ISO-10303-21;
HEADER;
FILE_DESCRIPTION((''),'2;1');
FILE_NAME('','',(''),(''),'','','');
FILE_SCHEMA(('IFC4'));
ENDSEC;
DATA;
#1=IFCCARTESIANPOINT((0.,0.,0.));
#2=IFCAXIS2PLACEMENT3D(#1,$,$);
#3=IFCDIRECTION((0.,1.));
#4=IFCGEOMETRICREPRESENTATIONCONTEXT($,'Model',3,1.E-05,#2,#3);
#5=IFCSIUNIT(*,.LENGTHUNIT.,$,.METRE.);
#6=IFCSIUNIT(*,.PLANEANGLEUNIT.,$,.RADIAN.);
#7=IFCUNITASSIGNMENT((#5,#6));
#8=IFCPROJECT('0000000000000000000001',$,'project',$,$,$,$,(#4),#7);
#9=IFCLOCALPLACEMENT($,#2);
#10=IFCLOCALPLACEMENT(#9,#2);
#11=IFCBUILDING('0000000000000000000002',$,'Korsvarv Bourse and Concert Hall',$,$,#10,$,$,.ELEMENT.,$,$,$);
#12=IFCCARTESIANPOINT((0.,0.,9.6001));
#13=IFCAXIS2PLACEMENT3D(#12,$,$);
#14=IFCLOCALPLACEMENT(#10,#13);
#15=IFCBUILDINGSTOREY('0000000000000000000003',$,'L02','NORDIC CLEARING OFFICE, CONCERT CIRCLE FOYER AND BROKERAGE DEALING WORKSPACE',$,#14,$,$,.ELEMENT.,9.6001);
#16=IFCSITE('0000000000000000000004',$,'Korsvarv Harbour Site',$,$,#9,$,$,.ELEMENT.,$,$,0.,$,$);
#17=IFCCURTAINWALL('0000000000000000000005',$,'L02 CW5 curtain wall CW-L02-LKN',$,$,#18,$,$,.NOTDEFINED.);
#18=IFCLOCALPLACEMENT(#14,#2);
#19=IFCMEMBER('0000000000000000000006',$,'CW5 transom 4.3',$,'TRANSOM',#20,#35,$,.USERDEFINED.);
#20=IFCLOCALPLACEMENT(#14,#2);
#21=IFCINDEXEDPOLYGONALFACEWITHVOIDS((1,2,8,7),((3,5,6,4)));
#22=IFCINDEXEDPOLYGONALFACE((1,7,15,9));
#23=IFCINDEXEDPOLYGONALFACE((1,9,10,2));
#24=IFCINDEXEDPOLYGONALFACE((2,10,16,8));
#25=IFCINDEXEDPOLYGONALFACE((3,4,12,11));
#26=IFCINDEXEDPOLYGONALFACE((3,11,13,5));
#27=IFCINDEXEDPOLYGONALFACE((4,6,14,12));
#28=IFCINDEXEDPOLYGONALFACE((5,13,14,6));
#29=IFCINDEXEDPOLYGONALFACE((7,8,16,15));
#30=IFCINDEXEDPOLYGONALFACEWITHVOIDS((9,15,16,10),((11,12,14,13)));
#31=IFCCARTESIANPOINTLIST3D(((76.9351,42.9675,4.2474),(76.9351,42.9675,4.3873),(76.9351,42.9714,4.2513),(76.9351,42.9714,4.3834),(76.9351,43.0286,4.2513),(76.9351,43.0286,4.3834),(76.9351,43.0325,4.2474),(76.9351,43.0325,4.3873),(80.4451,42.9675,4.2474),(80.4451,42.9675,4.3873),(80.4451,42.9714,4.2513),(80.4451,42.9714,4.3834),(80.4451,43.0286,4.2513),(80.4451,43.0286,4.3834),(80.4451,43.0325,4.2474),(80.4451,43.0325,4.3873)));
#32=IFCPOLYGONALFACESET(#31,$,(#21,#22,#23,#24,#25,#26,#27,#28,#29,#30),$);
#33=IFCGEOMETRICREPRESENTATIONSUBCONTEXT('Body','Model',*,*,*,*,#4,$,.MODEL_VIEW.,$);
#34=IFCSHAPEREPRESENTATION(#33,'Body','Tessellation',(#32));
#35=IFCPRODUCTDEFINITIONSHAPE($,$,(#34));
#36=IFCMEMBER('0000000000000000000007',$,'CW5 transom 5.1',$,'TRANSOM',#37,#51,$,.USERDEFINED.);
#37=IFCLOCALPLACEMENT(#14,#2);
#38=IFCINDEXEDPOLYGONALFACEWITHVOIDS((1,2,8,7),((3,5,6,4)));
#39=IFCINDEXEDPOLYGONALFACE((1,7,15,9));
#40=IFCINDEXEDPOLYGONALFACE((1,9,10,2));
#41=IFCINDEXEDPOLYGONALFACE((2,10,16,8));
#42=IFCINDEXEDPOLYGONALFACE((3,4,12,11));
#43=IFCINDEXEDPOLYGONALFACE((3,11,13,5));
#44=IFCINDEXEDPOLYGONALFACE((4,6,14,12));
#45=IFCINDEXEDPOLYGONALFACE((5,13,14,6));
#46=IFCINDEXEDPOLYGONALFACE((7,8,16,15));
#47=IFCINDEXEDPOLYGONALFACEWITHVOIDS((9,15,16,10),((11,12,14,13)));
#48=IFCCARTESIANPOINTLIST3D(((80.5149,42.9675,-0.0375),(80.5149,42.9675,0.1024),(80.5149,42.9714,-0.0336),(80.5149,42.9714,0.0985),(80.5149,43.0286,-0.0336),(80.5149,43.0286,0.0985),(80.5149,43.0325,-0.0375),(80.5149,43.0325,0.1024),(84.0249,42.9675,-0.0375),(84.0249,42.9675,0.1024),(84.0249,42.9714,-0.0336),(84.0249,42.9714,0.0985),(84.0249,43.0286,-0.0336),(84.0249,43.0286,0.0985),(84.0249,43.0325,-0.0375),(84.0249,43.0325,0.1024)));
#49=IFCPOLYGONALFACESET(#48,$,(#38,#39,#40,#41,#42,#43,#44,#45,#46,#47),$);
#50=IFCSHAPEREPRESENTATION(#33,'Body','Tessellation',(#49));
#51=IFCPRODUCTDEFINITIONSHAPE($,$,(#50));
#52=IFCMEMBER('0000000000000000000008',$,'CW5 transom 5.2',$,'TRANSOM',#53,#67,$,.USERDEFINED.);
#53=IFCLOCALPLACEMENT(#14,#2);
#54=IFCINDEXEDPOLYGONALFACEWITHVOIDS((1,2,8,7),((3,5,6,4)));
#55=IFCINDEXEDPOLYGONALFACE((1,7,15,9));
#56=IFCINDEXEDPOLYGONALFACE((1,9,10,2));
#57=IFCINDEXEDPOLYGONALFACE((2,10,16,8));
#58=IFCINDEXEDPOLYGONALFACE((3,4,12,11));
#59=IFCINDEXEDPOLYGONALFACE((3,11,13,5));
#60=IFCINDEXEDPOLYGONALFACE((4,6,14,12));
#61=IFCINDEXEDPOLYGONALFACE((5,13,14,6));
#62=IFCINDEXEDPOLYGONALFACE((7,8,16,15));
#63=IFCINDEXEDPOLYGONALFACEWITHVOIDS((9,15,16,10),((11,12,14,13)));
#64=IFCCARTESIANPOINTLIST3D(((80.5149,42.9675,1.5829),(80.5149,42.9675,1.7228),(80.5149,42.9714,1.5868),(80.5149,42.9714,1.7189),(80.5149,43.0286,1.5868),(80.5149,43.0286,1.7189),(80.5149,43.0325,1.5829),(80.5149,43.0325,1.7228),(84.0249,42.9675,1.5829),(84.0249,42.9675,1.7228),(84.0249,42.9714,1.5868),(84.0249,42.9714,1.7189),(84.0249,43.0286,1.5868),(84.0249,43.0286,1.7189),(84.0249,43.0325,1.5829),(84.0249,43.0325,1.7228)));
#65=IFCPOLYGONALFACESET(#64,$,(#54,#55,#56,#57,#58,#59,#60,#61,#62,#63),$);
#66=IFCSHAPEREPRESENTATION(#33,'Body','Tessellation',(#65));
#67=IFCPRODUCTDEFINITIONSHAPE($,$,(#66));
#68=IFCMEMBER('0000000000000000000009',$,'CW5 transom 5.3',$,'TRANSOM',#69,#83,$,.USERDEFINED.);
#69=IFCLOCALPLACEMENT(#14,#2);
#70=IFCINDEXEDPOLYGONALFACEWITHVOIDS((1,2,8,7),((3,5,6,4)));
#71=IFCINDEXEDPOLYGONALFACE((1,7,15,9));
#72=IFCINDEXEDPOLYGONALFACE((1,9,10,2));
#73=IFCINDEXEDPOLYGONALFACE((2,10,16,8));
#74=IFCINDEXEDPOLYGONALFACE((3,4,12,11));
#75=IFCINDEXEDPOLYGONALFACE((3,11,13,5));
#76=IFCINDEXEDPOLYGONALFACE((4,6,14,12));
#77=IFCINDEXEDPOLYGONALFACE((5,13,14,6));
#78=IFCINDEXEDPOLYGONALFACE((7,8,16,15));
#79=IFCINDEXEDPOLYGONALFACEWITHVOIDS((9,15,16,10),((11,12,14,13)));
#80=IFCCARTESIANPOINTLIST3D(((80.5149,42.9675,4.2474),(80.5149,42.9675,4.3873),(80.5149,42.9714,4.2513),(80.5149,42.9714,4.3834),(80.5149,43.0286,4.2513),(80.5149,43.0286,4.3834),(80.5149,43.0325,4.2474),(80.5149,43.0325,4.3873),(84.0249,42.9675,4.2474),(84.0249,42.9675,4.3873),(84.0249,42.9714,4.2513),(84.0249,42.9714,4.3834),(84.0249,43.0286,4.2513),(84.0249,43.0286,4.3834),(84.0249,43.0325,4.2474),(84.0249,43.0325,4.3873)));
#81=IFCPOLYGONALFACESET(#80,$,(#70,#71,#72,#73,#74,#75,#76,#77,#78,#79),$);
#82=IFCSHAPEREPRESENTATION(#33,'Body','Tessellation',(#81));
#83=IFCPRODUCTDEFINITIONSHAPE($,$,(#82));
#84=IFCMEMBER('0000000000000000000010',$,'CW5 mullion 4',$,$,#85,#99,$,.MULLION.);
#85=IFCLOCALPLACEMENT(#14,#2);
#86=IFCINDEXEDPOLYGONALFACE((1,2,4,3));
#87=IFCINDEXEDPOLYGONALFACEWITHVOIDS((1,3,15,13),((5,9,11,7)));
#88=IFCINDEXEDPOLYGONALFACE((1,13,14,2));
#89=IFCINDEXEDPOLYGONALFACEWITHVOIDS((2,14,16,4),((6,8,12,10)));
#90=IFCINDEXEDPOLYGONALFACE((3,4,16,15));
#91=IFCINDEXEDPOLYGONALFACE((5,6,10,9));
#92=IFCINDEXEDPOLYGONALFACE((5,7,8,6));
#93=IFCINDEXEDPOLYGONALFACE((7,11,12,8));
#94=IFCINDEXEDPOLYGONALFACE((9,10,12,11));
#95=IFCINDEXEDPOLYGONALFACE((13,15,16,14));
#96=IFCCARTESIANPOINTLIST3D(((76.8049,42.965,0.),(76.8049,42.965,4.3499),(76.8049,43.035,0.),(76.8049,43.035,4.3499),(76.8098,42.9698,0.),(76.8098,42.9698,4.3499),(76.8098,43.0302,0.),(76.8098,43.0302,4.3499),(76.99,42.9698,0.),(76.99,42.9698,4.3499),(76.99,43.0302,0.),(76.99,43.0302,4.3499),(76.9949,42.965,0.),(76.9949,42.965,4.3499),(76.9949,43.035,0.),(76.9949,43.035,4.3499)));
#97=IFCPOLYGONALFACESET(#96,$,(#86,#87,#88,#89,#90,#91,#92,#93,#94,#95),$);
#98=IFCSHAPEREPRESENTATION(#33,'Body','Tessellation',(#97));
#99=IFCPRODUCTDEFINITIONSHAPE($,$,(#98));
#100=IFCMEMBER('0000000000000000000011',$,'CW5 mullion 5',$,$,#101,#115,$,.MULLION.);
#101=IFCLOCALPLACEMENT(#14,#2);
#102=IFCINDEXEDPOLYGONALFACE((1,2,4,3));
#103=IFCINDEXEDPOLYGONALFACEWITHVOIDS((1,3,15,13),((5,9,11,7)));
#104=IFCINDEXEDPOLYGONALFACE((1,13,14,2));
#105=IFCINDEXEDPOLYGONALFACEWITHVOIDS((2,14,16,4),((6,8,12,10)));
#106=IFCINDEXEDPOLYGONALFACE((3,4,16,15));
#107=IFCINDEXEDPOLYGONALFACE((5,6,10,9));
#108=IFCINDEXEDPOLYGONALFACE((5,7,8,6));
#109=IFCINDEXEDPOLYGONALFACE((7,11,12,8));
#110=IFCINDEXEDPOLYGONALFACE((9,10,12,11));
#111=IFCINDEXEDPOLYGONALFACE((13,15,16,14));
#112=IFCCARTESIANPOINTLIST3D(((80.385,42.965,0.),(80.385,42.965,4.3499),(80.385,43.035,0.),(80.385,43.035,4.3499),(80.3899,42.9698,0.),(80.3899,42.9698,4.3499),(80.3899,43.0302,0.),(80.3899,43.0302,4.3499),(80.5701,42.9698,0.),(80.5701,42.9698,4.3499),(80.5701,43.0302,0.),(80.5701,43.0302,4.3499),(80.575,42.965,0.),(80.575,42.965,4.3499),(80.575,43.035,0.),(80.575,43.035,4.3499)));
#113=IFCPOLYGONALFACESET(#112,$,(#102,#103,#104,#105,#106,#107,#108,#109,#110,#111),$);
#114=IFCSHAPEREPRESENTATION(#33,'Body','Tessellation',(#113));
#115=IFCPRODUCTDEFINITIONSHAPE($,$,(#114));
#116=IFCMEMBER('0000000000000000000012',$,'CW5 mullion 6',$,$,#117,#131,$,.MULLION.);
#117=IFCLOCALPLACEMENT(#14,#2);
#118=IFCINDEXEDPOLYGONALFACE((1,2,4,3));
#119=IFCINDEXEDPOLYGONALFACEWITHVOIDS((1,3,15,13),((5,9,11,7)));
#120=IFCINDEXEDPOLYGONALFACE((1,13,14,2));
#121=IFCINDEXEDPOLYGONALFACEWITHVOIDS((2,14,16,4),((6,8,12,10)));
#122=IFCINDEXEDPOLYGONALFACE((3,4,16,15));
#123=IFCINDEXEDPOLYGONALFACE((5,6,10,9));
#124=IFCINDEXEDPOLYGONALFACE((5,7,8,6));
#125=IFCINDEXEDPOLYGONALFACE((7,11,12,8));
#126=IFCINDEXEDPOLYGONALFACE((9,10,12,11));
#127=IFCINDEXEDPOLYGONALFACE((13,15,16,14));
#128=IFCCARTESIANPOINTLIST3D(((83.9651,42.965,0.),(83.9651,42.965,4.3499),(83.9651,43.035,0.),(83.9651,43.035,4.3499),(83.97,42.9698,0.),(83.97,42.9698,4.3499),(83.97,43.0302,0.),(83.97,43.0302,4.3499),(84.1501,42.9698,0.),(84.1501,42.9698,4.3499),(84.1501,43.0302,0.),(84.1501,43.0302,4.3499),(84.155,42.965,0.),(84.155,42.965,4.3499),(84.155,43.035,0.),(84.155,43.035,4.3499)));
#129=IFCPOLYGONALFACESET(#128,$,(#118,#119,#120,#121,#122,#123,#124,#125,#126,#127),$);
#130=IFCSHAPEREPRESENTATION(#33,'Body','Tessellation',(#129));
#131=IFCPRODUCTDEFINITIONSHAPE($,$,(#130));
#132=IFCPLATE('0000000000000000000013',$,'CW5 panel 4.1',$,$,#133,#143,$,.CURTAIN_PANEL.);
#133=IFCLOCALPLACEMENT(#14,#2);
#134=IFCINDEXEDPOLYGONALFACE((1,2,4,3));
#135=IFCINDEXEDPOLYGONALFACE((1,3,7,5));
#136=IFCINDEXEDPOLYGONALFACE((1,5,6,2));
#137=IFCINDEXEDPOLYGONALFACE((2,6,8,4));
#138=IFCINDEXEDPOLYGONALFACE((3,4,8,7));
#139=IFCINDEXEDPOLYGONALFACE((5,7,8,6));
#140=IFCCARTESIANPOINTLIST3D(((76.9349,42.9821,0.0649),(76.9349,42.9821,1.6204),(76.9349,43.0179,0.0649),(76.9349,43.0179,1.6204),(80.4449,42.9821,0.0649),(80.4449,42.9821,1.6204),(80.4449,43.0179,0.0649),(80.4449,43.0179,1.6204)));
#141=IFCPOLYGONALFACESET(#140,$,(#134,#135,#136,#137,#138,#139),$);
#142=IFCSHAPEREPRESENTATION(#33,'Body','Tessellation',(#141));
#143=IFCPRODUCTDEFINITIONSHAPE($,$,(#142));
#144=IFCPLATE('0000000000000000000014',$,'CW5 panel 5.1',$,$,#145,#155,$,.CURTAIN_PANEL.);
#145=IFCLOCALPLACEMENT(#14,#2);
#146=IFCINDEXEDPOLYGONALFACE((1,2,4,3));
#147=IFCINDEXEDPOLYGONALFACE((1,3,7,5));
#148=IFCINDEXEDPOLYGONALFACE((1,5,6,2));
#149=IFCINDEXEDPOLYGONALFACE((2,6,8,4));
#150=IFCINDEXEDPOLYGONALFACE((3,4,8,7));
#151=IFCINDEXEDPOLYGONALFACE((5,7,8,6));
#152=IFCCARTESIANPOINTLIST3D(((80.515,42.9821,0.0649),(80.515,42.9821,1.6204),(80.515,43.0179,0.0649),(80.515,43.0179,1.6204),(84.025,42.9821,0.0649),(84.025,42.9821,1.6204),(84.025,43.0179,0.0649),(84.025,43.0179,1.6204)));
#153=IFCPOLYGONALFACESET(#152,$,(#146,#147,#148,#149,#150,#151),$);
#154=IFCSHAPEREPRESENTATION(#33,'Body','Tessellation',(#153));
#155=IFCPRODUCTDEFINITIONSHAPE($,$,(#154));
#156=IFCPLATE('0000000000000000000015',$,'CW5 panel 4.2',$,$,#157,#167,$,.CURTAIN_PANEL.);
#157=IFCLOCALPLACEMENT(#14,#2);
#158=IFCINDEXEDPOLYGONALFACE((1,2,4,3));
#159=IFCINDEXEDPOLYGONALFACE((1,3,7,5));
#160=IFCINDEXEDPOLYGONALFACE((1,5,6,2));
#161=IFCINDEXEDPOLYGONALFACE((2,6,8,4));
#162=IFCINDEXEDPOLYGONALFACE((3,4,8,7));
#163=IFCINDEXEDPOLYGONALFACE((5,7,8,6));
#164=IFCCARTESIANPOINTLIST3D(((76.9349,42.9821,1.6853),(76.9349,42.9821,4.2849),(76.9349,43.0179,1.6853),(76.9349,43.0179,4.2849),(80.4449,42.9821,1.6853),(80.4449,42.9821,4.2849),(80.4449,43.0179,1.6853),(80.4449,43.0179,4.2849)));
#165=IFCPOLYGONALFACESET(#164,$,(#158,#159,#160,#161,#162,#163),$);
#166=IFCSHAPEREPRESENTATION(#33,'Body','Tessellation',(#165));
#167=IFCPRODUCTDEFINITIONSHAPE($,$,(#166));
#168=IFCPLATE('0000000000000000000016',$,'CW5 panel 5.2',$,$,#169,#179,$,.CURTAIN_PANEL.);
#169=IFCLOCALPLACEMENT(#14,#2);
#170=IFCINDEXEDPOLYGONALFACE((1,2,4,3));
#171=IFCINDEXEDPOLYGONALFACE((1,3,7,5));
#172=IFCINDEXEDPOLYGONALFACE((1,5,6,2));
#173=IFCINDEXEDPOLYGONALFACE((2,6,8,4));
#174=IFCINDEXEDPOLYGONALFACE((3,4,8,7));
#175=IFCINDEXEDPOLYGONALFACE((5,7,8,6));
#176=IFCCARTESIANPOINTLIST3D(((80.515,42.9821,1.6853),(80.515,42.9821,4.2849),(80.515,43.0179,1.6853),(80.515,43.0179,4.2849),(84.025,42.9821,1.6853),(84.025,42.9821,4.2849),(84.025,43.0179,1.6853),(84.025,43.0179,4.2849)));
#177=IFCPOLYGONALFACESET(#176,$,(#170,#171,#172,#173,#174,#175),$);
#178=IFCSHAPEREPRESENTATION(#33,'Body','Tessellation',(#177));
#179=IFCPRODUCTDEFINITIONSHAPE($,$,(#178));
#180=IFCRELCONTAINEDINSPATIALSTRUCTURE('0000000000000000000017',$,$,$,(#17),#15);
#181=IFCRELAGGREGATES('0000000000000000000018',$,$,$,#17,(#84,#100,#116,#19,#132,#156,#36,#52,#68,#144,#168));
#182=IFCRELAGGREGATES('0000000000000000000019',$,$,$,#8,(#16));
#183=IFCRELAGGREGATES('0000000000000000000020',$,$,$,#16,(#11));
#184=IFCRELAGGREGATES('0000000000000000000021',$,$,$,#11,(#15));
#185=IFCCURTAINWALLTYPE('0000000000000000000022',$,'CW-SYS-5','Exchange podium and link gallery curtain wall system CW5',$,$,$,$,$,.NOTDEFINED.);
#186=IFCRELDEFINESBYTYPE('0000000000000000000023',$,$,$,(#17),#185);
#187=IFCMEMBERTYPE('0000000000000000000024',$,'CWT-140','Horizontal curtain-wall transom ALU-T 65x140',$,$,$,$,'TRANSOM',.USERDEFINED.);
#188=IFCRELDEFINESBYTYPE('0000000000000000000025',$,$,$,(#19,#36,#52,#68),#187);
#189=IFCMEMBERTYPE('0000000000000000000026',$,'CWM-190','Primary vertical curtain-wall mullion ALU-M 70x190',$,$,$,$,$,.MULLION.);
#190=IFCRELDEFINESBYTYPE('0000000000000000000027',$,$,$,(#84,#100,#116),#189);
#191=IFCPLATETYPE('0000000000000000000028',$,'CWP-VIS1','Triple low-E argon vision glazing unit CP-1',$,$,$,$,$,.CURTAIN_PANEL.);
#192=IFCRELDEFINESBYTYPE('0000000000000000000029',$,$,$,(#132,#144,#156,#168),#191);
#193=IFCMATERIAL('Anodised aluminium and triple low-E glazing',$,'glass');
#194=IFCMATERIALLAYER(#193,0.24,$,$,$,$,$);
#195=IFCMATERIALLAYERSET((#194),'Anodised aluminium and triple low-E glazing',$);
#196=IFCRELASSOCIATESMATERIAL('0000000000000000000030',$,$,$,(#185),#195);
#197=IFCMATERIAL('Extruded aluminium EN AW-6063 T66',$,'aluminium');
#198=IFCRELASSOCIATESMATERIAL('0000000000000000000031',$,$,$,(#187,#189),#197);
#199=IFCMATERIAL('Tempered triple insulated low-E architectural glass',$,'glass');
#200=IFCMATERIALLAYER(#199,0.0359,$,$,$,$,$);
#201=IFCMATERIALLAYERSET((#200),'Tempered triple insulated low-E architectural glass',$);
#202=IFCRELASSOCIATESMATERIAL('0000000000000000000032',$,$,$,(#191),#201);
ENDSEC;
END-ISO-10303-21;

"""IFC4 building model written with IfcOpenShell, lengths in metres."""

from ifc_helpers import new_model, si_unit, direction, frame, origin, origin_2d, place, context, subcontext, project, spatial, rectangle, hollow_rectangle, extrude, source, transform, mapped, material, layer, layer_set, material_profile, profile_set, type_object, element, aggregate, save


model = new_model("IFC4")

# Units and contexts
model_context = context("Model", 3, precision=1e-05, world=origin(), true_north=direction((0.0, 1.0)))
body_context = subcontext(model_context, "Body", "Model", "MODEL_VIEW")
ifc_project = project(units=[si_unit("LENGTHUNIT", "METRE"), si_unit("PLANEANGLEUNIT", "RADIAN")], contexts=[model_context])

# Site, building, storey
site_placement = place(None, origin())
site = spatial("IfcSite", under=ifc_project, at=site_placement, Name="Korsvarv Harbour Site", CompositionType="ELEMENT", RefElevation=0.0)
building_placement = place(site_placement, origin())
building = spatial("IfcBuilding", under=site, at=building_placement, Name="Korsvarv Bourse and Concert Hall", CompositionType="ELEMENT")
storey_placement = place(building_placement, frame((0.0, 0.0, 9.6001)))
storey = spatial("IfcBuildingStorey", under=building, at=storey_placement, Name="L02", Description="NORDIC CLEARING OFFICE, CONCERT CIRCLE FOYER AND BROKERAGE DEALING WORKSPACE", CompositionType="ELEMENT", Elevation=9.6001)

# Curtain wall, members, plates
ifc_material_1 = material(Name="Anodised aluminium and triple low-E glazing", Category="glass")
ifc_layer_1 = layer(ifc_material_1, 0.24)
ifc_layer_set_1 = layer_set([ifc_layer_1], Name="Anodised aluminium and triple low-E glazing")
curtain_wall_type = type_object("IfcCurtainWallType", Name="CW-SYS-5", Description="Exchange podium and link gallery curtain wall system CW5", PredefinedType="NOTDEFINED", material=ifc_layer_set_1)
curtain_wall_placement = place(storey_placement, origin())
curtain_wall = element("IfcCurtainWall", 1, at=curtain_wall_placement, inside=storey, type_object=curtain_wall_type, Name="L02 CW5 curtain wall CW-L02-LKN", PredefinedType="NOTDEFINED")
ifc_material_2 = material(Name="Extruded aluminium EN AW-6063 T66", Category="aluminium")
ifc_material_profile_1 = material_profile(ifc_material_2, hollow_rectangle(XDim=0.0649, YDim=0.1399, WallThickness=0.0039, at=origin_2d()), Name="ALU-T 65x140")
ifc_profile_set_1 = profile_set([ifc_material_profile_1], Name="Extruded aluminium EN AW-6063 T66")
member_type_1 = type_object("IfcMemberType", Name="CWT-140", Description="Horizontal curtain-wall transom ALU-T 65x140", ElementType="TRANSOM", PredefinedType="USERDEFINED", material=ifc_profile_set_1)
shared_shape_1 = source(origin(), body_context, "Body", "SweptSolid", [
    extrude(hollow_rectangle(XDim=0.0649, YDim=0.1399, WallThickness=0.0039, at=origin_2d()), origin(), (0.0, 0.0, 1.0), 3.51),
])
member_1_placement = place(storey_placement, frame((76.9351, 43.0, 4.3174), z_axis=(1.0, 0.0, 0.0), x_axis=(0.0, 1.0, 0.0)))
member_1 = element("IfcMember", 2, at=member_1_placement, type_object=member_type_1, Name="CW5 transom 4.3", ObjectType="TRANSOM", PredefinedType="USERDEFINED", context=body_context, shape_type="MappedRepresentation", body=[
    mapped(shared_shape_1, transform((0.0, 0.0, 0.0), scale=1.0)),
])
member_2_placement = place(storey_placement, frame((80.5149, 43.0, 0.0325), z_axis=(1.0, 0.0, 0.0), x_axis=(0.0, 1.0, 0.0)))
member_2 = element("IfcMember", 3, at=member_2_placement, type_object=member_type_1, Name="CW5 transom 5.1", ObjectType="TRANSOM", PredefinedType="USERDEFINED", context=body_context, shape_type="MappedRepresentation", body=[
    mapped(shared_shape_1, transform((0.0, 0.0, 0.0), scale=1.0)),
])
member_3_placement = place(storey_placement, frame((80.5149, 43.0, 1.6528), z_axis=(1.0, 0.0, 0.0), x_axis=(0.0, 1.0, 0.0)))
member_3 = element("IfcMember", 4, at=member_3_placement, type_object=member_type_1, Name="CW5 transom 5.2", ObjectType="TRANSOM", PredefinedType="USERDEFINED", context=body_context, shape_type="MappedRepresentation", body=[
    mapped(shared_shape_1, transform((0.0, 0.0, 0.0), scale=1.0)),
])
member_4_placement = place(storey_placement, frame((80.5149, 43.0, 4.3174), z_axis=(1.0, 0.0, 0.0), x_axis=(0.0, 1.0, 0.0)))
member_4 = element("IfcMember", 5, at=member_4_placement, type_object=member_type_1, Name="CW5 transom 5.3", ObjectType="TRANSOM", PredefinedType="USERDEFINED", context=body_context, shape_type="MappedRepresentation", body=[
    mapped(shared_shape_1, transform((0.0, 0.0, 0.0), scale=1.0)),
])
ifc_material_profile_2 = material_profile(ifc_material_2, hollow_rectangle(XDim=0.0701, YDim=0.1899, WallThickness=0.0049, at=origin_2d()), Name="ALU-M 70x190")
ifc_profile_set_2 = profile_set([ifc_material_profile_2], Name="Extruded aluminium EN AW-6063 T66")
member_type_2 = type_object("IfcMemberType", Name="CWM-190", Description="Primary vertical curtain-wall mullion ALU-M 70x190", PredefinedType="MULLION", material=ifc_profile_set_2)
shared_shape_2 = source(origin(), body_context, "Body", "SweptSolid", [
    extrude(hollow_rectangle(XDim=0.0701, YDim=0.1899, WallThickness=0.0049, at=origin_2d()), origin(), (0.0, 0.0, 1.0), 4.3499),
])
member_5_placement = place(storey_placement, frame((76.8999, 43.0, 0.0), z_axis=(0.0, 0.0, 1.0), x_axis=(0.0, 1.0, 0.0)))
member_5 = element("IfcMember", 6, at=member_5_placement, type_object=member_type_2, Name="CW5 mullion 4", PredefinedType="MULLION", context=body_context, shape_type="MappedRepresentation", body=[
    mapped(shared_shape_2, transform((0.0, 0.0, 0.0), scale=1.0)),
])
member_6_placement = place(storey_placement, frame((80.48, 43.0, 0.0), z_axis=(0.0, 0.0, 1.0), x_axis=(0.0, 1.0, 0.0)))
member_6 = element("IfcMember", 7, at=member_6_placement, type_object=member_type_2, Name="CW5 mullion 5", PredefinedType="MULLION", context=body_context, shape_type="MappedRepresentation", body=[
    mapped(shared_shape_2, transform((0.0, 0.0, 0.0), scale=1.0)),
])
member_7_placement = place(storey_placement, frame((84.0601, 43.0, 0.0), z_axis=(0.0, 0.0, 1.0), x_axis=(0.0, 1.0, 0.0)))
member_7 = element("IfcMember", 8, at=member_7_placement, type_object=member_type_2, Name="CW5 mullion 6", PredefinedType="MULLION", context=body_context, shape_type="MappedRepresentation", body=[
    mapped(shared_shape_2, transform((0.0, 0.0, 0.0), scale=1.0)),
])
ifc_material_3 = material(Name="Tempered triple insulated low-E architectural glass", Category="glass")
ifc_layer_2 = layer(ifc_material_3, 0.0359)
ifc_layer_set_2 = layer_set([ifc_layer_2], Name="Tempered triple insulated low-E architectural glass")
plate_type = type_object("IfcPlateType", Name="CWP-VIS1", Description="Triple low-E argon vision glazing unit CP-1", PredefinedType="CURTAIN_PANEL", material=ifc_layer_set_2)
shared_shape_3 = source(origin(), body_context, "Body", "SweptSolid", [
    extrude(rectangle(XDim=3.51, YDim=0.0359, at=origin_2d()), origin(), (0.0, 0.0, 1.0), 1.5554),
])
plate_1_placement = place(storey_placement, frame((78.6899, 43.0, 0.0649), z_axis=(0.0, 0.0, 1.0), x_axis=(1.0, 0.0, 0.0)))
plate_1 = element("IfcPlate", 9, at=plate_1_placement, type_object=plate_type, Name="CW5 panel 4.1", PredefinedType="CURTAIN_PANEL", context=body_context, shape_type="MappedRepresentation", body=[
    mapped(shared_shape_3, transform((0.0, 0.0, 0.0), scale=1.0)),
])
plate_2_placement = place(storey_placement, frame((82.27, 43.0, 0.0649), z_axis=(0.0, 0.0, 1.0), x_axis=(1.0, 0.0, 0.0)))
plate_2 = element("IfcPlate", 10, at=plate_2_placement, type_object=plate_type, Name="CW5 panel 5.1", PredefinedType="CURTAIN_PANEL", context=body_context, shape_type="MappedRepresentation", body=[
    mapped(shared_shape_3, transform((0.0, 0.0, 0.0), scale=1.0)),
])
shared_shape_4 = source(origin(), body_context, "Body", "SweptSolid", [
    extrude(rectangle(XDim=3.51, YDim=0.0359, at=origin_2d()), origin(), (0.0, 0.0, 1.0), 2.5996),
])
plate_3_placement = place(storey_placement, frame((78.6899, 43.0, 1.6853), z_axis=(0.0, 0.0, 1.0), x_axis=(1.0, 0.0, 0.0)))
plate_3 = element("IfcPlate", 11, at=plate_3_placement, type_object=plate_type, Name="CW5 panel 4.2", PredefinedType="CURTAIN_PANEL", context=body_context, shape_type="MappedRepresentation", body=[
    mapped(shared_shape_4, transform((0.0, 0.0, 0.0), scale=1.0)),
])
plate_4_placement = place(storey_placement, frame((82.27, 43.0, 1.6853), z_axis=(0.0, 0.0, 1.0), x_axis=(1.0, 0.0, 0.0)))
plate_4 = element("IfcPlate", 12, at=plate_4_placement, type_object=plate_type, Name="CW5 panel 5.2", PredefinedType="CURTAIN_PANEL", context=body_context, shape_type="MappedRepresentation", body=[
    mapped(shared_shape_4, transform((0.0, 0.0, 0.0), scale=1.0)),
])
aggregate(curtain_wall, [member_5, member_6, member_7, member_1, plate_1, plate_3, member_2, member_3, member_4, plate_2, plate_4])

save(model, "model.ifc")
